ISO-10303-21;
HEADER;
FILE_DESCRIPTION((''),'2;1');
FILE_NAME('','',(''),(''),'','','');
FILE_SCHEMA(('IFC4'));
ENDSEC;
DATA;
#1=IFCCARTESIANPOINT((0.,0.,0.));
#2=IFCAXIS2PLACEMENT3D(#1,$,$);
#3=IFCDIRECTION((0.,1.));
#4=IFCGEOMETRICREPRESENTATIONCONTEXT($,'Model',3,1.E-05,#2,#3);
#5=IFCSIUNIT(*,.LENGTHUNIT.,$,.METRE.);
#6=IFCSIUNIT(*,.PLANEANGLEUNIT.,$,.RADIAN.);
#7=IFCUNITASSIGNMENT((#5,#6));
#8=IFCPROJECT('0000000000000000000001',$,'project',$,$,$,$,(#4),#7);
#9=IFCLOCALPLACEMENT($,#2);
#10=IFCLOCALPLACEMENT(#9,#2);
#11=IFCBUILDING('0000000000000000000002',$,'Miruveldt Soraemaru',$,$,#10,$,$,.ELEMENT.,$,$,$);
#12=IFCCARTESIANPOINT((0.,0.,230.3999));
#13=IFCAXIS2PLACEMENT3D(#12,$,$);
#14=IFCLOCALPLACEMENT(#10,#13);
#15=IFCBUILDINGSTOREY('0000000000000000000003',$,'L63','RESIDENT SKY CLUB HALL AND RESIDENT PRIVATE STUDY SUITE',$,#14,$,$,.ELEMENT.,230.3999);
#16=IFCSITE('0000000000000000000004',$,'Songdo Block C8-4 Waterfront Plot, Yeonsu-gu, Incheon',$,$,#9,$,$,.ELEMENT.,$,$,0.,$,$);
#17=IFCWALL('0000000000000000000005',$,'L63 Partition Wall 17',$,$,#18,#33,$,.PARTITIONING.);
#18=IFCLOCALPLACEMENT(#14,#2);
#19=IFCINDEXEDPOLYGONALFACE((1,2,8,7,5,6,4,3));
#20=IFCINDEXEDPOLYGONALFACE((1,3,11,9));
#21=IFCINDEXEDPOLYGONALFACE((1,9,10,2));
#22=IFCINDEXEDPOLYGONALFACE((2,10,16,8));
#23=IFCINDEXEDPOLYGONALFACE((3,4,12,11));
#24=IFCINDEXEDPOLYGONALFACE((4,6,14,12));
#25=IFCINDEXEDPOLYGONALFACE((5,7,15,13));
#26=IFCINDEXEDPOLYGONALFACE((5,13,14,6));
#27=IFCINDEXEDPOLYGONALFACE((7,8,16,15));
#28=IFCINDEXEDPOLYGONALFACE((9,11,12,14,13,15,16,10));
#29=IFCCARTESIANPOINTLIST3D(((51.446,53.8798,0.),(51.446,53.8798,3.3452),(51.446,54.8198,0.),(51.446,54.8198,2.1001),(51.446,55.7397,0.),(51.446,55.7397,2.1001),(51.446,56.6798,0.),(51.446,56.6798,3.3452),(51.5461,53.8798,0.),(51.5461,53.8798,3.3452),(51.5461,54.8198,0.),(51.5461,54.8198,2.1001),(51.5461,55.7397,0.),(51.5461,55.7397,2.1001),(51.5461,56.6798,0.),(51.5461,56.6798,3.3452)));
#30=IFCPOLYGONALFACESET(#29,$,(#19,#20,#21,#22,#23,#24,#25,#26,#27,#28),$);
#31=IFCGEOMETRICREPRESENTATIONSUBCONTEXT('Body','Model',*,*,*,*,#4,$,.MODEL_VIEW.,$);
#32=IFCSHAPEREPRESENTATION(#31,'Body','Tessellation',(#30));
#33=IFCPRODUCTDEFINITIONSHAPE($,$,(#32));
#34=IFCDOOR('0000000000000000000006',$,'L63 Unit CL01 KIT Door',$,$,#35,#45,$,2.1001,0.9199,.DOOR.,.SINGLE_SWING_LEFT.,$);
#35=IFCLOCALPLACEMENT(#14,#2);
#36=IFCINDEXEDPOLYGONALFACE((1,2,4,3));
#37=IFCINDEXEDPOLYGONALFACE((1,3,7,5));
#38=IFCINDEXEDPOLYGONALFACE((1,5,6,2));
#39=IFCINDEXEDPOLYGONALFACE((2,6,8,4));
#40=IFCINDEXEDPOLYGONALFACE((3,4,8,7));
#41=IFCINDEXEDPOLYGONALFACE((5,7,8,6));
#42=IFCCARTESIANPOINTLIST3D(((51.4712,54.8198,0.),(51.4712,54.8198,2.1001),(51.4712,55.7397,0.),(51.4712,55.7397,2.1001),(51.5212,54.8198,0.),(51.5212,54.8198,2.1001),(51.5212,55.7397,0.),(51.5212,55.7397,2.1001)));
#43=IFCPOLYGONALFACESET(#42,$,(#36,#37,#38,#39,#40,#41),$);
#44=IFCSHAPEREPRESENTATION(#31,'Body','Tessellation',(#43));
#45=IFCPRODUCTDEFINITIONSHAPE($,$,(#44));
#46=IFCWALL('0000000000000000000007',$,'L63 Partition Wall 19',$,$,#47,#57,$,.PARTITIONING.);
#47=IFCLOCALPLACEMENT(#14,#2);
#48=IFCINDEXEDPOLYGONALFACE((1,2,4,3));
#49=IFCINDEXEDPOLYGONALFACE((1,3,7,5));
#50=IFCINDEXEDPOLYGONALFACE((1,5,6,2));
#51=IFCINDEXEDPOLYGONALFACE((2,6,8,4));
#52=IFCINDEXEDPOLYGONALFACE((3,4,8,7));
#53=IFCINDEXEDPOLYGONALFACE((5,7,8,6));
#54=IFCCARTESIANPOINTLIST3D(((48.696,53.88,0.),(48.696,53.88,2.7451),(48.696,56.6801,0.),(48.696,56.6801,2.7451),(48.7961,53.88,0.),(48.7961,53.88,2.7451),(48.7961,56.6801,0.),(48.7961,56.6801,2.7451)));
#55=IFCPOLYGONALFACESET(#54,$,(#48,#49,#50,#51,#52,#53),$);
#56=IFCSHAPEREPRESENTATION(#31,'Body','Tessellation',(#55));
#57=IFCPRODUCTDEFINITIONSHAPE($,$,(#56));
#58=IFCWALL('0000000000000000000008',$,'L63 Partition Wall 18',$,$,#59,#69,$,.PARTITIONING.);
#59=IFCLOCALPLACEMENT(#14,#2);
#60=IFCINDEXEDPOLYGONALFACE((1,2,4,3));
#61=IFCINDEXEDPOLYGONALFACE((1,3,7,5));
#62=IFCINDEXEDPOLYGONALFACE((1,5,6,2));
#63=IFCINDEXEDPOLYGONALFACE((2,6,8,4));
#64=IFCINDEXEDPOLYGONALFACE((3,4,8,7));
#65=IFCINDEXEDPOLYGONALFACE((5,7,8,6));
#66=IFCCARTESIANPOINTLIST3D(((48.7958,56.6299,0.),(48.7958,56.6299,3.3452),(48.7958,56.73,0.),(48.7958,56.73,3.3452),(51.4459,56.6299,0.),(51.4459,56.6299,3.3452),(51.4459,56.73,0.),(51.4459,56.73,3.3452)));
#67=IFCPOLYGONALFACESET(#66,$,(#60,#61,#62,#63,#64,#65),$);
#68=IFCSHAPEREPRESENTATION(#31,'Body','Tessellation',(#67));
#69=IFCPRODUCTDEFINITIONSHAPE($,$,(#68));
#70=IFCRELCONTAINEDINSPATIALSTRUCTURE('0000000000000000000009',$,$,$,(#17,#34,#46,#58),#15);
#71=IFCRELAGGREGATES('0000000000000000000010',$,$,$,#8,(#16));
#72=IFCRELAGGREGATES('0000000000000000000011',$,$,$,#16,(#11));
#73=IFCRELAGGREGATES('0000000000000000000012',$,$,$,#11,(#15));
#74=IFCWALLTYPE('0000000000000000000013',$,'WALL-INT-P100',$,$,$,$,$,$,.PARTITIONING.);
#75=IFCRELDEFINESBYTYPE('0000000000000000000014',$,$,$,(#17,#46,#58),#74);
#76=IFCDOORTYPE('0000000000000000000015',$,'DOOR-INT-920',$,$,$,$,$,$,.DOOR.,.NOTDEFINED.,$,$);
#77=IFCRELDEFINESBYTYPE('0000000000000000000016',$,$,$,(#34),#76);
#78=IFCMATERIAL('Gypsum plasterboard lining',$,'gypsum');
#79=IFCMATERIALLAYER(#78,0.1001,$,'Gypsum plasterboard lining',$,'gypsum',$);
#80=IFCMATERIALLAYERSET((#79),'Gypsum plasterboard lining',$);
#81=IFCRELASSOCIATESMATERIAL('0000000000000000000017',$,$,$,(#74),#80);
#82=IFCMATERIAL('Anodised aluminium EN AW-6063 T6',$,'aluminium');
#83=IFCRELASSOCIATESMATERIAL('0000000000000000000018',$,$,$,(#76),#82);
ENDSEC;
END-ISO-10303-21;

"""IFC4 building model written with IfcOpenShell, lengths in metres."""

from ifc_helpers import new_model, si_unit, direction, frame, frame_2d, origin, place, context, subcontext, project, spatial, rectangle, extrude, material, layer, layer_set, type_object, element, fill, save


model = new_model("IFC4")

# Units and contexts
model_context = context("Model", 3, precision=1e-05, world=origin(), true_north=direction((0.0, 1.0)))
body_context = subcontext(model_context, "Body", "Model", "MODEL_VIEW")
ifc_project = project(units=[si_unit("LENGTHUNIT", "METRE"), si_unit("PLANEANGLEUNIT", "RADIAN")], contexts=[model_context])

# Site, building, storey
site_placement = place(None, origin())
site = spatial("IfcSite", under=ifc_project, at=site_placement, Name="Songdo Block C8-4 Waterfront Plot, Yeonsu-gu, Incheon", CompositionType="ELEMENT", RefElevation=0.0)
building_placement = place(site_placement, origin())
building = spatial("IfcBuilding", under=site, at=building_placement, Name="Miruveldt Soraemaru", CompositionType="ELEMENT")
storey_placement = place(building_placement, frame((0.0, 0.0, 230.3999)))
storey = spatial("IfcBuildingStorey", under=building, at=storey_placement, Name="L63", Description="RESIDENT SKY CLUB HALL AND RESIDENT PRIVATE STUDY SUITE", CompositionType="ELEMENT", Elevation=230.3999)

# Wall, opening, door
ifc_material_1 = material(Name="Gypsum plasterboard lining", Category="gypsum")
ifc_layer_1 = layer(ifc_material_1, 0.1001, Name="Gypsum plasterboard lining", Category="gypsum")
ifc_layer_set_1 = layer_set([ifc_layer_1], Name="Gypsum plasterboard lining")
wall_type_1 = type_object("IfcWallType", Name="WALL-INT-P100", PredefinedType="PARTITIONING", material=ifc_layer_set_1)
wall_1_placement = place(storey_placement, frame((51.4961, 53.8799, 0.0), z_axis=(0.0, 0.0, 1.0), x_axis=(0.0, 1.0, 0.0)))
wall_1 = element("IfcWall", 1, at=wall_1_placement, inside=storey, type_object=wall_type_1, Name="L63 Partition Wall 17", PredefinedType="PARTITIONING", context=body_context, shape_type="SweptSolid", body=[
    extrude(rectangle(XDim=2.8, YDim=0.1001, at=frame_2d((1.3999, 0.0))), origin(), (0.0, 0.0, 1.0), 3.3452),
])
opening_1_placement = place(wall_1_placement, frame((0.9399, 0.0, 0.0)))
opening_1 = element("IfcOpeningElement", 2, at=opening_1_placement, cuts=wall_1, PredefinedType="OPENING", context=body_context, shape_type="SweptSolid", body=[
    extrude(rectangle(XDim=0.9199, YDim=2.1001, at=frame_2d((0.46, 1.05))), frame((0.0, 0.0601, 0.0), z_axis=(0.0, -1.0, 0.0), x_axis=(1.0, 0.0, 0.0)), (0.0, 0.0, 1.0), 0.1201),
])
ifc_material_2 = material(Name="Anodised aluminium EN AW-6063 T6", Category="aluminium")
door_type = type_object("IfcDoorType", Name="DOOR-INT-920", OperationType="NOTDEFINED", PredefinedType="DOOR", material=ifc_material_2)
door_placement = place(opening_1_placement, origin())
door = element("IfcDoor", 3, at=door_placement, inside=storey, type_object=door_type, Name="L63 Unit CL01 KIT Door", OperationType="SINGLE_SWING_LEFT", OverallHeight=2.1001, OverallWidth=0.9199, PredefinedType="DOOR", context=body_context, shape_type="SweptSolid", body=[
    extrude(rectangle(XDim=0.9199, YDim=2.1001, at=frame_2d((0.46, 1.05))), frame((0.0, 0.0249, 0.0), z_axis=(0.0, -1.0, 0.0), x_axis=(1.0, 0.0, 0.0)), (0.0, 0.0, 1.0), 0.05),
])
fill(opening_1, door)

# Walls
wall_2_placement = place(storey_placement, frame((48.7461, 56.6799, 0.0), z_axis=(0.0, 0.0, 1.0), x_axis=(0.0, -1.0, 0.0)))
element("IfcWall", 4, at=wall_2_placement, inside=storey, type_object=wall_type_1, Name="L63 Partition Wall 19", PredefinedType="PARTITIONING", context=body_context, shape_type="SweptSolid", body=[
    extrude(rectangle(XDim=2.8, YDim=0.1001, at=frame_2d((1.3999, 0.0))), origin(), (0.0, 0.0, 1.0), 2.7451),
])
wall_3_placement = place(storey_placement, frame((51.446, 56.6799, 0.0), z_axis=(0.0, 0.0, 1.0), x_axis=(-1.0, 0.0, 0.0)))
element("IfcWall", 5, at=wall_3_placement, inside=storey, type_object=wall_type_1, Name="L63 Partition Wall 18", PredefinedType="PARTITIONING", context=body_context, shape_type="SweptSolid", body=[
    extrude(rectangle(XDim=2.6501, YDim=0.1001, at=frame_2d((1.3252, 0.0))), origin(), (0.0, 0.0, 1.0), 3.3452),
])

save(model, "model.ifc")
